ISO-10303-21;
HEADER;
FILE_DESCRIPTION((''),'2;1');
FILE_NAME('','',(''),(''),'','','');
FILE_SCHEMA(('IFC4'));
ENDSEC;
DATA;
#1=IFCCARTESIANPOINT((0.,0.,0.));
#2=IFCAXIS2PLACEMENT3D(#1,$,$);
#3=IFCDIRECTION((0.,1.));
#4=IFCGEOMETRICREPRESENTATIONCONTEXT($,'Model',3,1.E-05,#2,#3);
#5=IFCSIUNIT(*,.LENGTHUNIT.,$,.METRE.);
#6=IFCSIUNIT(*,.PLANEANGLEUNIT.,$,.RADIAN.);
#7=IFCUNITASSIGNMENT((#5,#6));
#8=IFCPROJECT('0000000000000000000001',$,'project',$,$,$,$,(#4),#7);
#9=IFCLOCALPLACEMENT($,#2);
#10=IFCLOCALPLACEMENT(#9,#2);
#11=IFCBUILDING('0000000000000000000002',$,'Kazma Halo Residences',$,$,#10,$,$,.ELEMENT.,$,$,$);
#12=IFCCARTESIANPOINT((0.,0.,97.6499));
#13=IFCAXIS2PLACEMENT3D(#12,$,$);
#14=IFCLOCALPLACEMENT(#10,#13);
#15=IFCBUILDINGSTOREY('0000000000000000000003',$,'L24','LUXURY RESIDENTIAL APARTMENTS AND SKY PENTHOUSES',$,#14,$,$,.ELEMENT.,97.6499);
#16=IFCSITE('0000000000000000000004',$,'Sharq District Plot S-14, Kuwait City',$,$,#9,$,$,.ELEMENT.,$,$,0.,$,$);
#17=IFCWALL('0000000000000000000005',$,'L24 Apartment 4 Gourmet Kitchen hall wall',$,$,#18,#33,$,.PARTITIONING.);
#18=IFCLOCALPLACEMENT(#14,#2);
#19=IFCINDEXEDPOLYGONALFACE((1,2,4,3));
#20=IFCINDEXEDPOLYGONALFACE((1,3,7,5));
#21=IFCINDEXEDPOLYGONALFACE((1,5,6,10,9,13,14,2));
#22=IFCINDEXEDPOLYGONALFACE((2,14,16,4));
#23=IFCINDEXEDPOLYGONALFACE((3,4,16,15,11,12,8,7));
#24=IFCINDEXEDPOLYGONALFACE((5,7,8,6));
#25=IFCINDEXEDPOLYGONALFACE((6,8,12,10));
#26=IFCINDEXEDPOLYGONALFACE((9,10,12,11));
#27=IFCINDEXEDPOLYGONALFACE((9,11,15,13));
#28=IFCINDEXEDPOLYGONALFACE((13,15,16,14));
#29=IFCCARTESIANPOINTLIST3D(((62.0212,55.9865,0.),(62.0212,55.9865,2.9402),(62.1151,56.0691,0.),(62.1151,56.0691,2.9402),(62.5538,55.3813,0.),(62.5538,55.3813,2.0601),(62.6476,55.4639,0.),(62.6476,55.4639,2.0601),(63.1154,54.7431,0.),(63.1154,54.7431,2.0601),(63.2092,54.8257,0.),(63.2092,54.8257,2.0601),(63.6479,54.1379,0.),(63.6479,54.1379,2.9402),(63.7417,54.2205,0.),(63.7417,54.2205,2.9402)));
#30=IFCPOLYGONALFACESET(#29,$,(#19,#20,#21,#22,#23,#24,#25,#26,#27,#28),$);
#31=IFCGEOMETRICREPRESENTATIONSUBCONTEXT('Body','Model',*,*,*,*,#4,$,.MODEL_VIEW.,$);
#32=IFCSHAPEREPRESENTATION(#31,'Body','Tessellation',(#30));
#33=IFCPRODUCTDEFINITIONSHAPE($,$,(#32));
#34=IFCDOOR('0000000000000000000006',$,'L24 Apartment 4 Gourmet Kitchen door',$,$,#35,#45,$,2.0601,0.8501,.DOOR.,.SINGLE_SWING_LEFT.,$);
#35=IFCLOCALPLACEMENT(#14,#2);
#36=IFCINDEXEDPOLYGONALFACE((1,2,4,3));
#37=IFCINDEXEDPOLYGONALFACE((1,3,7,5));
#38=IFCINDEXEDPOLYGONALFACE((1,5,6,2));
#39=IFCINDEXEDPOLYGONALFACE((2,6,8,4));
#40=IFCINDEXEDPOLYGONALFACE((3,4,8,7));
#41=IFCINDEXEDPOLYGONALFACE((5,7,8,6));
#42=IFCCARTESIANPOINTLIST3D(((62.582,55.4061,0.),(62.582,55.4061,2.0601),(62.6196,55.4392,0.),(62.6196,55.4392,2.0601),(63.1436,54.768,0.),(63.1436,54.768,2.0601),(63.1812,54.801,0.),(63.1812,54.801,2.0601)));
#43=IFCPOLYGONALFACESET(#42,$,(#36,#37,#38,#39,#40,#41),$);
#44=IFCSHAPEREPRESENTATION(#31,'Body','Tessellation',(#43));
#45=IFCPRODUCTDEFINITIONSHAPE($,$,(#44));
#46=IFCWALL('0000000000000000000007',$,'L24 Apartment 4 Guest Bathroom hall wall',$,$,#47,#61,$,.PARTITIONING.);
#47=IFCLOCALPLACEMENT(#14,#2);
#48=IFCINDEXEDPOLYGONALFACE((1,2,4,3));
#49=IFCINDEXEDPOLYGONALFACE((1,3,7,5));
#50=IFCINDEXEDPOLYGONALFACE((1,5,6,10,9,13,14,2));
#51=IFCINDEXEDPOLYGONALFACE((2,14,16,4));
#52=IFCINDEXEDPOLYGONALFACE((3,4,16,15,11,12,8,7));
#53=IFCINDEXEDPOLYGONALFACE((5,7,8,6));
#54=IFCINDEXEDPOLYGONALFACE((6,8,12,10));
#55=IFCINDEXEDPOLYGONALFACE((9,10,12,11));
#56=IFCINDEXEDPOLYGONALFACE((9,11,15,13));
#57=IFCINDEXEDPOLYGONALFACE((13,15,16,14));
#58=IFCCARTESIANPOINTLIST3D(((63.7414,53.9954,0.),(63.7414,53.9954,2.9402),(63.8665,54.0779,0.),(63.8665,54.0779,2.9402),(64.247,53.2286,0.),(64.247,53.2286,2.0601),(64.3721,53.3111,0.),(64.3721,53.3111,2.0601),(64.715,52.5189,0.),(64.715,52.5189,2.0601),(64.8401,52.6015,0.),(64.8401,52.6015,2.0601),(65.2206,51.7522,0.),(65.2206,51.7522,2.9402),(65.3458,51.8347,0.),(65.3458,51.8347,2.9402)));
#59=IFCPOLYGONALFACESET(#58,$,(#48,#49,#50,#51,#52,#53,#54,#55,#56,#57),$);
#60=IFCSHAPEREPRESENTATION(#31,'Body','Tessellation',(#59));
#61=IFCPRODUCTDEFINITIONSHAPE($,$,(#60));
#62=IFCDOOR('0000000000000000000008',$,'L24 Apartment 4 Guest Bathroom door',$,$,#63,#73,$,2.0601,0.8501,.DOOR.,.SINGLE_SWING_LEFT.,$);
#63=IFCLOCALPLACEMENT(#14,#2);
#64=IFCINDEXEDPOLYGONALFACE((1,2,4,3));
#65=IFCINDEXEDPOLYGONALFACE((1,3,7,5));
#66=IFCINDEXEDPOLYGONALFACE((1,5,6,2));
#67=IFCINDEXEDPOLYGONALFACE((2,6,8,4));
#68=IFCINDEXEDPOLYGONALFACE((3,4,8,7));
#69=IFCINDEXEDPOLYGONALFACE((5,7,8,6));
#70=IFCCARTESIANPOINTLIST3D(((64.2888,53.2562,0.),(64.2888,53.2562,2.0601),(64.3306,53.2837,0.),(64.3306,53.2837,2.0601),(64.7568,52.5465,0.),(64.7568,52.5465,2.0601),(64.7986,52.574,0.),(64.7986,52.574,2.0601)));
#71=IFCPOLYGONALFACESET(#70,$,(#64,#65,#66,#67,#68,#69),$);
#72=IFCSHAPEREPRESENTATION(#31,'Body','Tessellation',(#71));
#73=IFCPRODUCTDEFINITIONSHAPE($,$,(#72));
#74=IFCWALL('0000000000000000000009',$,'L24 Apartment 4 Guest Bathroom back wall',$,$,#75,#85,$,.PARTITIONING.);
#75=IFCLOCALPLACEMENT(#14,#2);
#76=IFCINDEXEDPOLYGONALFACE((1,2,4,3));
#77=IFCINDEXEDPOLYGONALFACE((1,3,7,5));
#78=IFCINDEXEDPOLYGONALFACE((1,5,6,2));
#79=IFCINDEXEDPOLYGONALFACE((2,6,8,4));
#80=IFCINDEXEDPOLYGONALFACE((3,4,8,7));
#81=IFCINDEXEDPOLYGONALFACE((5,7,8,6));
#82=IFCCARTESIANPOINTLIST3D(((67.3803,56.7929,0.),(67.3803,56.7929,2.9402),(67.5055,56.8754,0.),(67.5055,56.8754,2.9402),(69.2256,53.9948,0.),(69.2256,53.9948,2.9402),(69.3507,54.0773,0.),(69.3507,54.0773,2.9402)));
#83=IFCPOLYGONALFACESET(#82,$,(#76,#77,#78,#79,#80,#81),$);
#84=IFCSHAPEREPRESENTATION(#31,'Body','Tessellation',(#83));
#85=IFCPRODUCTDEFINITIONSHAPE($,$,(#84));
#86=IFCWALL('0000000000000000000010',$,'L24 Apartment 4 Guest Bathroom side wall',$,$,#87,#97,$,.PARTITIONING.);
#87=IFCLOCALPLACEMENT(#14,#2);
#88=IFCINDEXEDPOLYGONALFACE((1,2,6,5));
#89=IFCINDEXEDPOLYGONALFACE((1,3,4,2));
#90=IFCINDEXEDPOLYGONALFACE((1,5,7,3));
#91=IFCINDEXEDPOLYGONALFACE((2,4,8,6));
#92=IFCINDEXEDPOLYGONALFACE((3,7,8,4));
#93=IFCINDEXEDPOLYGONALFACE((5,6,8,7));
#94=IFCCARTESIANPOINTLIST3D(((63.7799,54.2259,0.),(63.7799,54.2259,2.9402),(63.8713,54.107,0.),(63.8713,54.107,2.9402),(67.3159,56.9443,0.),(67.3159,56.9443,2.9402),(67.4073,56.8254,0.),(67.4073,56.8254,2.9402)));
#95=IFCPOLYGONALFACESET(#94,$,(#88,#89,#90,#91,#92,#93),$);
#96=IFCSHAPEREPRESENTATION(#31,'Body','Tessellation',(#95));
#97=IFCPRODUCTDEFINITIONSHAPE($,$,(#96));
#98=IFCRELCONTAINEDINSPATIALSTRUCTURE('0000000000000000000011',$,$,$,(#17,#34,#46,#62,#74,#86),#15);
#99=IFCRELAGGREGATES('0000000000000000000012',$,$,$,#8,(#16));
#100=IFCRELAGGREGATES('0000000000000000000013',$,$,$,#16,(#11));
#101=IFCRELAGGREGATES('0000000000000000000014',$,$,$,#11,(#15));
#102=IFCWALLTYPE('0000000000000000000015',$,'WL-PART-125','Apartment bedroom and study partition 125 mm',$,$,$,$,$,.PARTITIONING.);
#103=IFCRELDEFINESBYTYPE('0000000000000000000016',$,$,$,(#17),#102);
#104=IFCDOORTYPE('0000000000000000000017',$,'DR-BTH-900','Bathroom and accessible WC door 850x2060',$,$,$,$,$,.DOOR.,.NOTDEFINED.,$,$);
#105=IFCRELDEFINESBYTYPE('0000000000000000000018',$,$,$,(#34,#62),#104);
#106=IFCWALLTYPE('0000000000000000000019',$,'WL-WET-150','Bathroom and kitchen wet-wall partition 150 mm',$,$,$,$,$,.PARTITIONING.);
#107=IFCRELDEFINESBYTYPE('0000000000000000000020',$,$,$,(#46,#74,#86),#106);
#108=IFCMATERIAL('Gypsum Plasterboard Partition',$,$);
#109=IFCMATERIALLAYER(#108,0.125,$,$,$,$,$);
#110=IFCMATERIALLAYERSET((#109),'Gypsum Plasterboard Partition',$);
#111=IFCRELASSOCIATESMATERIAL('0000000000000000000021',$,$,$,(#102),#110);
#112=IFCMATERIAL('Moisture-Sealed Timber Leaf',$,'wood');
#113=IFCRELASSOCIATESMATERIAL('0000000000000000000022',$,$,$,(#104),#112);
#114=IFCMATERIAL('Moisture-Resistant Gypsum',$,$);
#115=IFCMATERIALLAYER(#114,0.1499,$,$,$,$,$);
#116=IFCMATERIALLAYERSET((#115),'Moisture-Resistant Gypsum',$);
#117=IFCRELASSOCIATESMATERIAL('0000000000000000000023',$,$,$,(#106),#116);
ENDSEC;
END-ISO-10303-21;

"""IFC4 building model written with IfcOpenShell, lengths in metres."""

from ifc_helpers import new_model, si_unit, direction, frame, frame_2d, origin, place, context, subcontext, project, spatial, rectangle, extrude, material, layer, layer_set, type_object, element, fill, save


model = new_model("IFC4")

# Units and contexts
model_context = context("Model", 3, precision=1e-05, world=origin(), true_north=direction((0.0, 1.0)))
body_context = subcontext(model_context, "Body", "Model", "MODEL_VIEW")
ifc_project = project(units=[si_unit("LENGTHUNIT", "METRE"), si_unit("PLANEANGLEUNIT", "RADIAN")], contexts=[model_context])

# Site, building, storey
site_placement = place(None, origin())
site = spatial("IfcSite", under=ifc_project, at=site_placement, Name="Sharq District Plot S-14, Kuwait City", CompositionType="ELEMENT", RefElevation=0.0)
building_placement = place(site_placement, origin())
building = spatial("IfcBuilding", under=site, at=building_placement, Name="Kazma Halo Residences", CompositionType="ELEMENT")
storey_placement = place(building_placement, frame((0.0, 0.0, 97.6499)))
storey = spatial("IfcBuildingStorey", under=building, at=storey_placement, Name="L24", Description="LUXURY RESIDENTIAL APARTMENTS AND SKY PENTHOUSES", CompositionType="ELEMENT", Elevation=97.6499)

# Shared definitions
ifc_material_1 = material(Name="Gypsum Plasterboard Partition")
ifc_layer_1 = layer(ifc_material_1, 0.125)
ifc_layer_set_1 = layer_set([ifc_layer_1], Name="Gypsum Plasterboard Partition")
wall_type_1 = type_object("IfcWallType", Name="WL-PART-125", Description="Apartment bedroom and study partition 125 mm", PredefinedType="PARTITIONING", material=ifc_layer_set_1)

# Walls, openings, doors
wall_1_placement = place(storey_placement, frame((63.6948, 54.1792, 0.0), z_axis=(0.0, 0.0, 1.0), x_axis=(-0.660608, 0.750731, 0.0)))
wall_1 = element("IfcWall", 1, at=wall_1_placement, inside=storey, type_object=wall_type_1, Name="L24 Apartment 4 Gourmet Kitchen hall wall", PredefinedType="PARTITIONING", context=body_context, shape_type="SweptSolid", body=[
    extrude(rectangle(XDim=2.4624, YDim=0.125, at=frame_2d((1.2312, 0.0))), origin(), (0.0, 0.0, 1.0), 2.9402),
])
opening_1_placement = place(wall_1_placement, frame((0.8062, 0.0, 0.0)))
opening_1 = element("IfcOpeningElement", 2, at=opening_1_placement, cuts=wall_1, PredefinedType="OPENING", context=body_context, shape_type="SweptSolid", body=[
    extrude(rectangle(XDim=0.8501, YDim=2.0601, at=frame_2d((0.425, 1.03))), frame((0.0, 0.0725, 0.0), z_axis=(0.0, -1.0, 0.0), x_axis=(1.0, 0.0, 0.0)), (0.0, 0.0, 1.0), 0.145),
])
ifc_material_2 = material(Name="Moisture-Sealed Timber Leaf", Category="wood")
door_type_1 = type_object("IfcDoorType", Name="DR-BTH-900", Description="Bathroom and accessible WC door 850x2060", OperationType="NOTDEFINED", PredefinedType="DOOR", material=ifc_material_2)
door_1_placement = place(opening_1_placement, origin())
door_1 = element("IfcDoor", 3, at=door_1_placement, inside=storey, type_object=door_type_1, Name="L24 Apartment 4 Gourmet Kitchen door", OperationType="SINGLE_SWING_LEFT", OverallHeight=2.0601, OverallWidth=0.8501, PredefinedType="DOOR", context=body_context, shape_type="SweptSolid", body=[
    extrude(rectangle(XDim=0.8501, YDim=2.0601, at=frame_2d((0.425, 1.03))), frame((0.0, 0.0249, 0.0), z_axis=(0.0, -1.0, 0.0), x_axis=(1.0, 0.0, 0.0)), (0.0, 0.0, 1.0), 0.05),
])
fill(opening_1, door_1)
ifc_material_3 = material(Name="Moisture-Resistant Gypsum")
ifc_layer_2 = layer(ifc_material_3, 0.1499)
ifc_layer_set_2 = layer_set([ifc_layer_2], Name="Moisture-Resistant Gypsum")
wall_type_2 = type_object("IfcWallType", Name="WL-WET-150", Description="Bathroom and kitchen wet-wall partition 150 mm", PredefinedType="PARTITIONING", material=ifc_layer_set_2)
wall_2_placement = place(storey_placement, frame((65.2832, 51.7935, 0.0), z_axis=(0.0, 0.0, 1.0), x_axis=(-0.550521, 0.834822, 0.0)))
wall_2 = element("IfcWall", 4, at=wall_2_placement, inside=storey, type_object=wall_type_2, Name="L24 Apartment 4 Guest Bathroom hall wall", PredefinedType="PARTITIONING", context=body_context, shape_type="SweptSolid", body=[
    extrude(rectangle(XDim=2.687, YDim=0.1499, at=frame_2d((1.3435, 0.0))), origin(), (0.0, 0.0, 1.0), 2.9402),
])
opening_2_placement = place(wall_2_placement, frame((0.9185, 0.0, 0.0)))
opening_2 = element("IfcOpeningElement", 5, at=opening_2_placement, cuts=wall_2, PredefinedType="OPENING", context=body_context, shape_type="SweptSolid", body=[
    extrude(rectangle(XDim=0.8501, YDim=2.0601, at=frame_2d((0.425, 1.03))), frame((0.0, 0.085, 0.0), z_axis=(0.0, -1.0, 0.0), x_axis=(1.0, 0.0, 0.0)), (0.0, 0.0, 1.0), 0.1699),
])
door_2_placement = place(opening_2_placement, origin())
door_2 = element("IfcDoor", 6, at=door_2_placement, inside=storey, type_object=door_type_1, Name="L24 Apartment 4 Guest Bathroom door", OperationType="SINGLE_SWING_LEFT", OverallHeight=2.0601, OverallWidth=0.8501, PredefinedType="DOOR", context=body_context, shape_type="SweptSolid", body=[
    extrude(rectangle(XDim=0.8501, YDim=2.0601, at=frame_2d((0.425, 1.03))), frame((0.0, 0.0249, 0.0), z_axis=(0.0, -1.0, 0.0), x_axis=(1.0, 0.0, 0.0)), (0.0, 0.0, 1.0), 0.05),
])
fill(opening_2, door_2)

# Walls
wall_3_placement = place(storey_placement, frame((69.2881, 54.0361, 0.0), z_axis=(0.0, 0.0, 1.0), x_axis=(-0.550525, 0.834819, 0.0)))
element("IfcWall", 7, at=wall_3_placement, inside=storey, type_object=wall_type_2, Name="L24 Apartment 4 Guest Bathroom back wall", PredefinedType="PARTITIONING", context=body_context, shape_type="SweptSolid", body=[
    extrude(rectangle(XDim=3.3518, YDim=0.1499, at=frame_2d((1.6758, 0.0))), origin(), (0.0, 0.0, 1.0), 2.9402),
])
wall_4_placement = place(storey_placement, frame((63.8257, 54.1665, 0.0), z_axis=(0.0, 0.0, 1.0), x_axis=(0.792797, 0.609486, 0.0)))
element("IfcWall", 8, at=wall_4_placement, inside=storey, type_object=wall_type_2, Name="L24 Apartment 4 Guest Bathroom side wall", PredefinedType="PARTITIONING", context=body_context, shape_type="SweptSolid", body=[
    extrude(rectangle(XDim=4.4602, YDim=0.1499, at=frame_2d((2.23, 0.0))), origin(), (0.0, 0.0, 1.0), 2.9402),
])

save(model, "model.ifc")
